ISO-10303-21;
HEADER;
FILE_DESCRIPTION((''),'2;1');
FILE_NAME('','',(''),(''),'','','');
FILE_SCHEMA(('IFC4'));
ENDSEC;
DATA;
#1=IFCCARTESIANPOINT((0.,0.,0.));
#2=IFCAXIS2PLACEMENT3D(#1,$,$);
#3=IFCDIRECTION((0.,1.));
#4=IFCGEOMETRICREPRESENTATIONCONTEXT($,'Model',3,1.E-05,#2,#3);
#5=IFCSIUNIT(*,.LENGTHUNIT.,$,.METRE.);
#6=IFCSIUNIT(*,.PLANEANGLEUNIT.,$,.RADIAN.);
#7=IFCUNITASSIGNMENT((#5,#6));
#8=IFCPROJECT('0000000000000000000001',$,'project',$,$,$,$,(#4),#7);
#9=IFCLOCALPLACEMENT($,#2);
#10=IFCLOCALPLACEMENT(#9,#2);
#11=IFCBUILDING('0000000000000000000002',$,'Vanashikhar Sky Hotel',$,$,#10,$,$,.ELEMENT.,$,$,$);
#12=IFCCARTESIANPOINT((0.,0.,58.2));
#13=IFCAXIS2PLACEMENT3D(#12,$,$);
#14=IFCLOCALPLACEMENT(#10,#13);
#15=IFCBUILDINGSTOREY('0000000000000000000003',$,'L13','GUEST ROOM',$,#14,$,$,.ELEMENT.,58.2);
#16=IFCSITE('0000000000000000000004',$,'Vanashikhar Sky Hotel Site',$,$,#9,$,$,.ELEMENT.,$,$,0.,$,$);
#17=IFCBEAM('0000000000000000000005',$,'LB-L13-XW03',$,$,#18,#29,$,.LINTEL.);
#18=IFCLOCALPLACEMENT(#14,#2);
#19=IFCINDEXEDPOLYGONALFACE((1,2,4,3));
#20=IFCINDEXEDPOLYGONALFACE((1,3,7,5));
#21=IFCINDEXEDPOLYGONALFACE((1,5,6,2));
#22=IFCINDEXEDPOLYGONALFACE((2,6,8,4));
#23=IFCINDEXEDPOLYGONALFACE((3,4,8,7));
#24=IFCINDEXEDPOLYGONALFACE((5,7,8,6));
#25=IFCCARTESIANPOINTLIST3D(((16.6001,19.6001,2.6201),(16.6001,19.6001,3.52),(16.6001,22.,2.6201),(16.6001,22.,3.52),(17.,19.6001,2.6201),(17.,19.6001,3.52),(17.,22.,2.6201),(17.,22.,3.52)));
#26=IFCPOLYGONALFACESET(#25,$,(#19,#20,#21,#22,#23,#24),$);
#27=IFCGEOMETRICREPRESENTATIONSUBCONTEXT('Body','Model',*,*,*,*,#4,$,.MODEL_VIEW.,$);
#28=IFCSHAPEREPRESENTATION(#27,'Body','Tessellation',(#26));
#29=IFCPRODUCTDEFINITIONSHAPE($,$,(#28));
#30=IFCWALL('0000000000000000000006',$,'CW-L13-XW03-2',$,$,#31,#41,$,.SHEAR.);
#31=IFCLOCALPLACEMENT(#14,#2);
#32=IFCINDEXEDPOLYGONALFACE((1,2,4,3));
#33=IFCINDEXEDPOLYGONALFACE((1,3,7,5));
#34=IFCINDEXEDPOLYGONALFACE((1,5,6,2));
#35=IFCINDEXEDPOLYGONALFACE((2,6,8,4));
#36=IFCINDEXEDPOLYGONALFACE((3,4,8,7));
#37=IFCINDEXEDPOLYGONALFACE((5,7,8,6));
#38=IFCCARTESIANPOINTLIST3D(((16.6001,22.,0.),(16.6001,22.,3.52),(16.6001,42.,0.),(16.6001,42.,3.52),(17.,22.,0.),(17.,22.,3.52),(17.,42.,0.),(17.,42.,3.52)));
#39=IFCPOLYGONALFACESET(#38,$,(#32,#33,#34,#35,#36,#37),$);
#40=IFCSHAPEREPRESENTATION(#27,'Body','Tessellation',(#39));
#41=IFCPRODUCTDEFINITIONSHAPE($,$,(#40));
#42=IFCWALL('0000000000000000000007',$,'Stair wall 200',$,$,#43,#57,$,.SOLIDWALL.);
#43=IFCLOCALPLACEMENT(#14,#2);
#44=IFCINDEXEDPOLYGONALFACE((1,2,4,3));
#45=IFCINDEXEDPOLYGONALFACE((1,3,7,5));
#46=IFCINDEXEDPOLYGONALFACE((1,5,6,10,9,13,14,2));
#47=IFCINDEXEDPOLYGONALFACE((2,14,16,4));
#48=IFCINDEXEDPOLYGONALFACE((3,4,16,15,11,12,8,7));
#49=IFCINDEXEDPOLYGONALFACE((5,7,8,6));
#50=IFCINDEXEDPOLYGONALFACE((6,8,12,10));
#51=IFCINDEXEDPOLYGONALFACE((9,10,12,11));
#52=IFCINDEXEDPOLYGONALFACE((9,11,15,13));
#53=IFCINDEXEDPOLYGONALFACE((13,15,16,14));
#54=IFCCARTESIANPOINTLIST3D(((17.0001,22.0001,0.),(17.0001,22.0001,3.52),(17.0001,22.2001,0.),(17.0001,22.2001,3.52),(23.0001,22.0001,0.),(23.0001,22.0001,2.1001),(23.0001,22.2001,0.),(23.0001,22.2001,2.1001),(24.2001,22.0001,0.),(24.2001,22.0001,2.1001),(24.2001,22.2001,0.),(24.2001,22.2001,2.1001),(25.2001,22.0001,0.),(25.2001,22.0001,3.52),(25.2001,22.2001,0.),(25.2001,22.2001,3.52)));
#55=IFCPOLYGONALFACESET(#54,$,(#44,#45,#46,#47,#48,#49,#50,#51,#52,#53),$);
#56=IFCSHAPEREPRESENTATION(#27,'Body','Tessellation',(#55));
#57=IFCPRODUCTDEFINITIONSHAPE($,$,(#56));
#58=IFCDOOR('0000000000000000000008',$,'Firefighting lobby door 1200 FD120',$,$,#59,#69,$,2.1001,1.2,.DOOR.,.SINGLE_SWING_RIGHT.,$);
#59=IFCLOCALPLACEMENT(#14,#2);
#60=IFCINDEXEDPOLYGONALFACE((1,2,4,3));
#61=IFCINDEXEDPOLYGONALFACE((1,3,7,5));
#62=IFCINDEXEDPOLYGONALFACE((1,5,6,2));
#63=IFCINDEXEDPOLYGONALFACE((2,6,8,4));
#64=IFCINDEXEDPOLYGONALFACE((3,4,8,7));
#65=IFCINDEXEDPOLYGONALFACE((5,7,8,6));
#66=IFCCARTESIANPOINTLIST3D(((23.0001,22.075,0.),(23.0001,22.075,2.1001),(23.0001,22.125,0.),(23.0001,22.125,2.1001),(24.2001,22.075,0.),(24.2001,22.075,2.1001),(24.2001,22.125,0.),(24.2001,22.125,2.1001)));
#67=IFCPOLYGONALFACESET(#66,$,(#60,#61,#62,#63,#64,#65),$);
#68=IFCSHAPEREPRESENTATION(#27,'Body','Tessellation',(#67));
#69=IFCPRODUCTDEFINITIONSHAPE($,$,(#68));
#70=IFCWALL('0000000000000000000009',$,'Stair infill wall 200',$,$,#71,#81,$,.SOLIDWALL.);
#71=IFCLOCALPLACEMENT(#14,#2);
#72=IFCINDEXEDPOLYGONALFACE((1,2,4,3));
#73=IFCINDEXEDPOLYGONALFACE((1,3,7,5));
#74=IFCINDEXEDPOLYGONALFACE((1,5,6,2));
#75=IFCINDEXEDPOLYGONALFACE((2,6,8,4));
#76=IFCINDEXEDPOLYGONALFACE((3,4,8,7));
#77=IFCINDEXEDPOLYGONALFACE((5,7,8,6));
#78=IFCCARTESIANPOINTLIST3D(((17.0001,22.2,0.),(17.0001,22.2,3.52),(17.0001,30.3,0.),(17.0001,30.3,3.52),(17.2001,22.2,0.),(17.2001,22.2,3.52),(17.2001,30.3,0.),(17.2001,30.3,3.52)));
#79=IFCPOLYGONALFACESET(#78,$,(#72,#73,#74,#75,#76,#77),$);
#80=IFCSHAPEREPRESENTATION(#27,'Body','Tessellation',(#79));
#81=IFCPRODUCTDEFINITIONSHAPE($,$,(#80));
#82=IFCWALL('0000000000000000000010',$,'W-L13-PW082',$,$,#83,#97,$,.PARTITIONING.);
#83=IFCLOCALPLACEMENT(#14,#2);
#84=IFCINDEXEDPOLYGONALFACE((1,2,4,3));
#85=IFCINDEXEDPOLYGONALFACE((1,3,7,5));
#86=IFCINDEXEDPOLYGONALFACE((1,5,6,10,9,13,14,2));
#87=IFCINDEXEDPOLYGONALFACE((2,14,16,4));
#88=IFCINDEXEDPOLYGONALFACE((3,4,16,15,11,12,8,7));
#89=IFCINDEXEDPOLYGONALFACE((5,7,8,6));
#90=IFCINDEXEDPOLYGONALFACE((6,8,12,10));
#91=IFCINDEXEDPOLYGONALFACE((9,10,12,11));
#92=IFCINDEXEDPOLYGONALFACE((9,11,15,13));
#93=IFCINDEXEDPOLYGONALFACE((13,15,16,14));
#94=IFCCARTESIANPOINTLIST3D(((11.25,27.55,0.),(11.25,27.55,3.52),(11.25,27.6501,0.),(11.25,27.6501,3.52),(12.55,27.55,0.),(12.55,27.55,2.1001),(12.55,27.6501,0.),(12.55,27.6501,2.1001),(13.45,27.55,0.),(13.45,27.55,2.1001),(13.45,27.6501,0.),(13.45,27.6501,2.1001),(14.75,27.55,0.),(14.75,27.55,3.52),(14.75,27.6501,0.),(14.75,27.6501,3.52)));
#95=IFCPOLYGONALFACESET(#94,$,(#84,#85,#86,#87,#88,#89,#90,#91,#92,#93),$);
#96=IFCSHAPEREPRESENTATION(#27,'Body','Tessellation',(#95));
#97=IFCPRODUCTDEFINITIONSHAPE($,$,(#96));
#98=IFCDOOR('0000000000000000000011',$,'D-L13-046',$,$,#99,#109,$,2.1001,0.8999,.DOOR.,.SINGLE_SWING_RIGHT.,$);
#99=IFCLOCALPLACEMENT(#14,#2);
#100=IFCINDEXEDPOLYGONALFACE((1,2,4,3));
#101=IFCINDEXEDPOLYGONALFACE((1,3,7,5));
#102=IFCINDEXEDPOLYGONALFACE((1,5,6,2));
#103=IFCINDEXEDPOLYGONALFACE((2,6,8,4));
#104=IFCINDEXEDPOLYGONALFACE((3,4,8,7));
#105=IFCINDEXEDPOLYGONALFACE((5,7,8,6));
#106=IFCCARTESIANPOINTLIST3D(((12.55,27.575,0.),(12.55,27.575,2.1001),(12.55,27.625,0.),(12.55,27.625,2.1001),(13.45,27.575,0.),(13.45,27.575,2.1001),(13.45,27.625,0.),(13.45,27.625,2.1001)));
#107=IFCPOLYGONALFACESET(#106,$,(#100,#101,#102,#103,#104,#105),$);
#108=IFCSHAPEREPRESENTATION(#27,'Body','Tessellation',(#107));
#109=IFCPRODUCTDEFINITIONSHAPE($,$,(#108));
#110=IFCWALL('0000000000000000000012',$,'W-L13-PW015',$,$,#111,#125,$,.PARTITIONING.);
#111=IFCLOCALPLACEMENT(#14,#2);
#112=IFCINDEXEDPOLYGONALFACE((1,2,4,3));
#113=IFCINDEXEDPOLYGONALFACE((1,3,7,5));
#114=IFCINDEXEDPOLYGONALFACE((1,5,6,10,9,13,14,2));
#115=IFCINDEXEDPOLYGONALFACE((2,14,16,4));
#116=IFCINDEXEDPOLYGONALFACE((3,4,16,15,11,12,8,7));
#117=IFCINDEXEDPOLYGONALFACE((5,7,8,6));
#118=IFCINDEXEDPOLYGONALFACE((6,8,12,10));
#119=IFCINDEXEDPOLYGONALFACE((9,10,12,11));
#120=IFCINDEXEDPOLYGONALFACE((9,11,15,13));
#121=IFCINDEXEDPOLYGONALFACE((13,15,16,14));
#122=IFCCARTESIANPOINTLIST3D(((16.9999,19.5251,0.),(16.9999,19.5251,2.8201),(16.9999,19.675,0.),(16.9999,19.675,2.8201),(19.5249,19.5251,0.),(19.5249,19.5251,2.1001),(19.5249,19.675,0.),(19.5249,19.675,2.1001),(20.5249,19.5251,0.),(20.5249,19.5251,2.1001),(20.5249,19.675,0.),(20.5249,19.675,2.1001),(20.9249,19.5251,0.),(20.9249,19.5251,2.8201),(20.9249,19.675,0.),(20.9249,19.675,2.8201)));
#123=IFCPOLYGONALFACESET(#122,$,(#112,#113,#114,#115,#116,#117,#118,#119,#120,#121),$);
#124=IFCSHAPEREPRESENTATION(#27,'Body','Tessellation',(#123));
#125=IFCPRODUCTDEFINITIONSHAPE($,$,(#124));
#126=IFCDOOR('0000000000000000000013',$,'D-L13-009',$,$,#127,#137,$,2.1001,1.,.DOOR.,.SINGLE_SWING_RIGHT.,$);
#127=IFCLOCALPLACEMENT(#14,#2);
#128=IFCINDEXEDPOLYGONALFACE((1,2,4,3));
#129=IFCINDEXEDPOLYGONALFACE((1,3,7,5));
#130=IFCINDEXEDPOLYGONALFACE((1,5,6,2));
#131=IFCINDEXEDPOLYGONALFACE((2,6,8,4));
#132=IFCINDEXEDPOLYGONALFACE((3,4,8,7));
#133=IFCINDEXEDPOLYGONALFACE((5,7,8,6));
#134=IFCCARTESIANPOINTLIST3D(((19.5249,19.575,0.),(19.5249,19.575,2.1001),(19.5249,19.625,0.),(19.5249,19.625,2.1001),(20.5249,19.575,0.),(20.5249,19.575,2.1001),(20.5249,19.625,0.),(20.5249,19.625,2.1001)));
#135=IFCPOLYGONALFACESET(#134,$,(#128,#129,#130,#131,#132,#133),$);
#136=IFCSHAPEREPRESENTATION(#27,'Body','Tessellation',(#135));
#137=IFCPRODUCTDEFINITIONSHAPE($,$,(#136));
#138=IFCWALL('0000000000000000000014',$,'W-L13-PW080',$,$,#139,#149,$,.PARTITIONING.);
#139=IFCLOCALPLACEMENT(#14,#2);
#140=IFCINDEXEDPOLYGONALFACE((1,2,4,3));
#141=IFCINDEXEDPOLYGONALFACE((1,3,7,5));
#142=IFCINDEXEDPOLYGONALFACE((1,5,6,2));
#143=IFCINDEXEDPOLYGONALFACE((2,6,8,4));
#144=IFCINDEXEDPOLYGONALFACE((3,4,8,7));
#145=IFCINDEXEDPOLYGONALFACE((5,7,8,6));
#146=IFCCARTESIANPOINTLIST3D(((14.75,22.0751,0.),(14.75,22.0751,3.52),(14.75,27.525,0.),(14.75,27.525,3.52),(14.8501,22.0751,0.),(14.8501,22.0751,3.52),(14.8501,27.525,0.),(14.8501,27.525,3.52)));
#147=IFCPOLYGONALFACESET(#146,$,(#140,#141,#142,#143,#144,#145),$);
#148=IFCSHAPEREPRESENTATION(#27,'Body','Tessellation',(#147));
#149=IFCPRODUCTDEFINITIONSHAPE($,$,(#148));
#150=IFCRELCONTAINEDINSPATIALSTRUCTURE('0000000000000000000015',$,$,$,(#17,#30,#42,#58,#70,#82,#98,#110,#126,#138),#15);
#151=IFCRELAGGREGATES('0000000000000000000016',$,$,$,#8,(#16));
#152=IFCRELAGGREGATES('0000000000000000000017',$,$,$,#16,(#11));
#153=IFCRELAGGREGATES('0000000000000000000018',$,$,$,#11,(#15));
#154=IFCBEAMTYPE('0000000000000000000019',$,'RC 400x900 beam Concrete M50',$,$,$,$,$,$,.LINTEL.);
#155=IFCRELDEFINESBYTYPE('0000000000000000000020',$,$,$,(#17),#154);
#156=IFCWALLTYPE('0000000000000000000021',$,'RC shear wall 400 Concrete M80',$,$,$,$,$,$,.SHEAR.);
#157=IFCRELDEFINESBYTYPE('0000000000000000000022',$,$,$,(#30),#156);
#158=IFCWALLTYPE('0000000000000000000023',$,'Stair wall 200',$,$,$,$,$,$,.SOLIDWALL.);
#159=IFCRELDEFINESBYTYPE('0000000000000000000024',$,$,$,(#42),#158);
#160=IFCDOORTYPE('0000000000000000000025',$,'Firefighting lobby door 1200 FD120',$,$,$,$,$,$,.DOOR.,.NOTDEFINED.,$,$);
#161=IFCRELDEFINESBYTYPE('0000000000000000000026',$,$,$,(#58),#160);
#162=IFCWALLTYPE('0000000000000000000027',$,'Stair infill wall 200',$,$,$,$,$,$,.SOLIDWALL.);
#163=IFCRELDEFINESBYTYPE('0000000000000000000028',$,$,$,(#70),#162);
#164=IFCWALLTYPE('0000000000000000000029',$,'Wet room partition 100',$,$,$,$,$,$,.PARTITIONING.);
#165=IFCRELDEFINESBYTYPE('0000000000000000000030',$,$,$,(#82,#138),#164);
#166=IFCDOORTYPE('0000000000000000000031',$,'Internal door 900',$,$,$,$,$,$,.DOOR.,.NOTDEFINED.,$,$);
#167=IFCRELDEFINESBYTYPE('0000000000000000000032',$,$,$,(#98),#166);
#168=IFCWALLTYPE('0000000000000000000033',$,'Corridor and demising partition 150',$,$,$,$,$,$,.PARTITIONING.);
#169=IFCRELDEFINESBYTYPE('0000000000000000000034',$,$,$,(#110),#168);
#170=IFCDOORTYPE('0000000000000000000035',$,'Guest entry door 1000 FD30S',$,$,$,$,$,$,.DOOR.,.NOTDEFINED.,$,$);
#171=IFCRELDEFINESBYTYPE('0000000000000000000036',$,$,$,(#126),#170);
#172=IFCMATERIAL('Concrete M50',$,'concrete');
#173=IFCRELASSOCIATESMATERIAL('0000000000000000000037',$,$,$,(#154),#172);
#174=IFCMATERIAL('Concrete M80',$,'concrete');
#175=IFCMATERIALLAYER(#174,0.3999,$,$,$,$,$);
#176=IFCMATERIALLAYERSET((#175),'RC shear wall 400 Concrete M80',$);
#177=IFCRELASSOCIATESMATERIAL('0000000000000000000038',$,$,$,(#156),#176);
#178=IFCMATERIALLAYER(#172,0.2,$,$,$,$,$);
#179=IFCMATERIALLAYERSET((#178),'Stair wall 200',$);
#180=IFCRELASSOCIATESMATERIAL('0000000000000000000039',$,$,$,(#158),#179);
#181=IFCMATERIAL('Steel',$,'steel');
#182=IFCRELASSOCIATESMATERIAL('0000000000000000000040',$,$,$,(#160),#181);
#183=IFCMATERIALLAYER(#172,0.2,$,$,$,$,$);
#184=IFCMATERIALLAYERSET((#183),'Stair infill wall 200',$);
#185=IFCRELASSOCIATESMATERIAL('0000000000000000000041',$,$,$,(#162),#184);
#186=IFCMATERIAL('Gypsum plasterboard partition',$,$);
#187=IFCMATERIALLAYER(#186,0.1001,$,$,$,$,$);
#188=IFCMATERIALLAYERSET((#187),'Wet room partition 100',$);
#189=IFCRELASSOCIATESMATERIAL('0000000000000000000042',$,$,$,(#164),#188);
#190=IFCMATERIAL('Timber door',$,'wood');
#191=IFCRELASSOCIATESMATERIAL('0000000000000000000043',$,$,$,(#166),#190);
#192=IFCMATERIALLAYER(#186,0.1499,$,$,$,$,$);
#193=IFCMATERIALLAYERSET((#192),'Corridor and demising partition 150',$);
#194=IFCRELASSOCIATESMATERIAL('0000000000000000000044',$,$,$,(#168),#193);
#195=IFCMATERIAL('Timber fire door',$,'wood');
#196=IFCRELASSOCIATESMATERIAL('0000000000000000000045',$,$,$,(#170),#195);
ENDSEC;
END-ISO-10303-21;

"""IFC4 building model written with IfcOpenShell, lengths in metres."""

from ifc_helpers import new_model, si_unit, direction, frame, frame_2d, origin, origin_2d, place, context, subcontext, project, spatial, rectangle, extrude, source, transform, mapped, material, layer, layer_set, material_profile, profile_set, type_object, element, fill, save


model = new_model("IFC4")

# Units and contexts
model_context = context("Model", 3, precision=1e-05, world=origin(), true_north=direction((0.0, 1.0)))
body_context = subcontext(model_context, "Body", "Model", "MODEL_VIEW")
ifc_project = project(units=[si_unit("LENGTHUNIT", "METRE"), si_unit("PLANEANGLEUNIT", "RADIAN")], contexts=[model_context])

# Site, building, storey
site_placement = place(None, origin())
site = spatial("IfcSite", under=ifc_project, at=site_placement, Name="Vanashikhar Sky Hotel Site", CompositionType="ELEMENT", RefElevation=0.0)
building_placement = place(site_placement, origin())
building = spatial("IfcBuilding", under=site, at=building_placement, Name="Vanashikhar Sky Hotel", CompositionType="ELEMENT")
storey_placement = place(building_placement, frame((0.0, 0.0, 58.2)))
storey = spatial("IfcBuildingStorey", under=building, at=storey_placement, Name="L13", Description="GUEST ROOM", CompositionType="ELEMENT", Elevation=58.2)

# Beam
ifc_material_1 = material(Name="Concrete M50", Category="concrete")
ifc_material_profile = material_profile(ifc_material_1, rectangle(XDim=0.3999, YDim=0.8999, at=origin_2d()))
ifc_profile_set = profile_set([ifc_material_profile], Name="RC 400x900 beam Concrete M50")
beam_type = type_object("IfcBeamType", Name="RC 400x900 beam Concrete M50", PredefinedType="LINTEL", material=ifc_profile_set)
shared_shape_1 = source(origin(), body_context, "Body", "SweptSolid", [
    extrude(rectangle(XDim=0.3999, YDim=0.8999, at=origin_2d()), origin(), (0.0, 0.0, 1.0), 2.3999),
])
beam_placement = place(storey_placement, frame((16.8, 19.6001, 3.0701), z_axis=(0.0, 1.0, 0.0), x_axis=(-1.0, 0.0, 0.0)))
element("IfcBeam", 1, at=beam_placement, inside=storey, type_object=beam_type, Name="LB-L13-XW03", PredefinedType="LINTEL", context=body_context, shape_type="MappedRepresentation", body=[
    mapped(shared_shape_1, transform((0.0, 0.0, 0.0), scale=1.0)),
])

# Wall
ifc_material_2 = material(Name="Concrete M80", Category="concrete")
ifc_layer_1 = layer(ifc_material_2, 0.3999)
ifc_layer_set_1 = layer_set([ifc_layer_1], Name="RC shear wall 400 Concrete M80")
wall_type_1 = type_object("IfcWallType", Name="RC shear wall 400 Concrete M80", PredefinedType="SHEAR", material=ifc_layer_set_1)
shared_shape_2 = source(origin(), body_context, "Body", "SweptSolid", [
    extrude(rectangle(XDim=20.0, YDim=0.3999, at=frame_2d((10.0, 0.0))), origin(), (0.0, 0.0, 1.0), 3.52),
])
wall_1_placement = place(storey_placement, frame((16.8, 22.0, 0.0), z_axis=(0.0, 0.0, 1.0), x_axis=(0.0, 1.0, 0.0)))
element("IfcWall", 2, at=wall_1_placement, inside=storey, type_object=wall_type_1, Name="CW-L13-XW03-2", PredefinedType="SHEAR", context=body_context, shape_type="MappedRepresentation", body=[
    mapped(shared_shape_2, transform((0.0, 0.0, 0.0), scale=1.0)),
])

# Wall, opening, door
ifc_layer_2 = layer(ifc_material_1, 0.2)
ifc_layer_set_2 = layer_set([ifc_layer_2], Name="Stair wall 200")
wall_type_2 = type_object("IfcWallType", Name="Stair wall 200", PredefinedType="SOLIDWALL", material=ifc_layer_set_2)
shared_shape_3 = source(origin(), body_context, "Body", "SweptSolid", [
    extrude(rectangle(XDim=8.2, YDim=0.2, at=frame_2d((4.1001, 0.0))), origin(), (0.0, 0.0, 1.0), 3.52),
])
wall_2_placement = place(storey_placement, frame((17.0, 22.1001, 0.0), z_axis=(0.0, 0.0, 1.0), x_axis=(1.0, 0.0, 0.0)))
wall_2 = element("IfcWall", 3, at=wall_2_placement, inside=storey, type_object=wall_type_2, Name="Stair wall 200", PredefinedType="SOLIDWALL", context=body_context, shape_type="MappedRepresentation", body=[
    mapped(shared_shape_3, transform((0.0, 0.0, 0.0), scale=1.0)),
])
shared_shape_4 = source(origin(), body_context, "Body", "SweptSolid", [
    extrude(rectangle(XDim=1.2, YDim=2.1001, at=frame_2d((0.6001, 1.05))), frame((0.0, 0.1099, 0.0), z_axis=(0.0, -1.0, 0.0), x_axis=(1.0, 0.0, 0.0)), (0.0, 0.0, 1.0), 0.22),
])
opening_1_placement = place(wall_2_placement, frame((6.0, 0.0, 0.0)))
opening_1 = element("IfcOpeningElement", 4, at=opening_1_placement, cuts=wall_2, PredefinedType="OPENING", context=body_context, shape_type="MappedRepresentation", body=[
    mapped(shared_shape_4, transform((0.0, 0.0, 0.0), scale=1.0)),
])
ifc_material_3 = material(Name="Steel", Category="steel")
door_type_1 = type_object("IfcDoorType", Name="Firefighting lobby door 1200 FD120", OperationType="NOTDEFINED", PredefinedType="DOOR", material=ifc_material_3)
shared_shape_5 = source(origin(), body_context, "Body", "SweptSolid", [
    extrude(rectangle(XDim=1.2, YDim=2.1001, at=frame_2d((0.6001, 1.05))), frame((0.0, 0.0249, 0.0), z_axis=(0.0, -1.0, 0.0), x_axis=(1.0, 0.0, 0.0)), (0.0, 0.0, 1.0), 0.05),
])
door_1_placement = place(opening_1_placement, origin())
door_1 = element("IfcDoor", 5, at=door_1_placement, inside=storey, type_object=door_type_1, Name="Firefighting lobby door 1200 FD120", OperationType="SINGLE_SWING_RIGHT", OverallHeight=2.1001, OverallWidth=1.2, PredefinedType="DOOR", context=body_context, shape_type="MappedRepresentation", body=[
    mapped(shared_shape_5, transform((0.0, 0.0, 0.0), scale=1.0)),
])
fill(opening_1, door_1)

# Wall
ifc_layer_3 = layer(ifc_material_1, 0.2)
ifc_layer_set_3 = layer_set([ifc_layer_3], Name="Stair infill wall 200")
wall_type_3 = type_object("IfcWallType", Name="Stair infill wall 200", PredefinedType="SOLIDWALL", material=ifc_layer_set_3)
shared_shape_6 = source(origin(), body_context, "Body", "SweptSolid", [
    extrude(rectangle(XDim=8.1001, YDim=0.2, at=frame_2d((4.05, 0.0))), origin(), (0.0, 0.0, 1.0), 3.52),
])
wall_3_placement = place(storey_placement, frame((17.1001, 22.2, 0.0), z_axis=(0.0, 0.0, 1.0), x_axis=(0.0, 1.0, 0.0)))
element("IfcWall", 6, at=wall_3_placement, inside=storey, type_object=wall_type_3, Name="Stair infill wall 200", PredefinedType="SOLIDWALL", context=body_context, shape_type="MappedRepresentation", body=[
    mapped(shared_shape_6, transform((0.0, 0.0, 0.0), scale=1.0)),
])

# Walls, openings, doors
ifc_material_4 = material(Name="Gypsum plasterboard partition")
ifc_layer_4 = layer(ifc_material_4, 0.1001)
ifc_layer_set_4 = layer_set([ifc_layer_4], Name="Wet room partition 100")
wall_type_4 = type_object("IfcWallType", Name="Wet room partition 100", PredefinedType="PARTITIONING", material=ifc_layer_set_4)
shared_shape_7 = source(origin(), body_context, "Body", "SweptSolid", [
    extrude(rectangle(XDim=3.5, YDim=0.1001, at=frame_2d((1.75, 0.0))), origin(), (0.0, 0.0, 1.0), 3.52),
])
wall_4_placement = place(storey_placement, frame((11.25, 27.6001, 0.0), z_axis=(0.0, 0.0, 1.0), x_axis=(1.0, 0.0, 0.0)))
wall_4 = element("IfcWall", 7, at=wall_4_placement, inside=storey, type_object=wall_type_4, Name="W-L13-PW082", PredefinedType="PARTITIONING", context=body_context, shape_type="MappedRepresentation", body=[
    mapped(shared_shape_7, transform((0.0, 0.0, 0.0), scale=1.0)),
])
shared_shape_8 = source(origin(), body_context, "Body", "SweptSolid", [
    extrude(rectangle(XDim=0.8999, YDim=2.1001, at=frame_2d((0.45, 1.05))), frame((0.0, 0.0601, 0.0), z_axis=(0.0, -1.0, 0.0), x_axis=(1.0, 0.0, 0.0)), (0.0, 0.0, 1.0), 0.1201),
])
opening_2_placement = place(wall_4_placement, frame((1.3, 0.0, 0.0)))
opening_2 = element("IfcOpeningElement", 8, at=opening_2_placement, cuts=wall_4, PredefinedType="OPENING", context=body_context, shape_type="MappedRepresentation", body=[
    mapped(shared_shape_8, transform((0.0, 0.0, 0.0), scale=1.0)),
])
ifc_material_5 = material(Name="Timber door", Category="wood")
door_type_2 = type_object("IfcDoorType", Name="Internal door 900", OperationType="NOTDEFINED", PredefinedType="DOOR", material=ifc_material_5)
shared_shape_9 = source(origin(), body_context, "Body", "SweptSolid", [
    extrude(rectangle(XDim=0.8999, YDim=2.1001, at=frame_2d((0.45, 1.05))), frame((0.0, 0.0249, 0.0), z_axis=(0.0, -1.0, 0.0), x_axis=(1.0, 0.0, 0.0)), (0.0, 0.0, 1.0), 0.05),
])
door_2_placement = place(opening_2_placement, origin())
door_2 = element("IfcDoor", 9, at=door_2_placement, inside=storey, type_object=door_type_2, Name="D-L13-046", OperationType="SINGLE_SWING_RIGHT", OverallHeight=2.1001, OverallWidth=0.8999, PredefinedType="DOOR", context=body_context, shape_type="MappedRepresentation", body=[
    mapped(shared_shape_9, transform((0.0, 0.0, 0.0), scale=1.0)),
])
fill(opening_2, door_2)
ifc_layer_5 = layer(ifc_material_4, 0.1499)
ifc_layer_set_5 = layer_set([ifc_layer_5], Name="Corridor and demising partition 150")
wall_type_5 = type_object("IfcWallType", Name="Corridor and demising partition 150", PredefinedType="PARTITIONING", material=ifc_layer_set_5)
shared_shape_10 = source(origin(), body_context, "Body", "SweptSolid", [
    extrude(rectangle(XDim=3.925, YDim=0.1499, at=frame_2d((1.9624, 0.0))), origin(), (0.0, 0.0, 1.0), 2.8201),
])
wall_5_placement = place(storey_placement, frame((17.0, 19.6001, 0.0), z_axis=(0.0, 0.0, 1.0), x_axis=(1.0, 0.0, 0.0)))
wall_5 = element("IfcWall", 10, at=wall_5_placement, inside=storey, type_object=wall_type_5, Name="W-L13-PW015", PredefinedType="PARTITIONING", context=body_context, shape_type="MappedRepresentation", body=[
    mapped(shared_shape_10, transform((0.0, 0.0, 0.0), scale=1.0)),
])
shared_shape_11 = source(origin(), body_context, "Body", "SweptSolid", [
    extrude(rectangle(XDim=1.0, YDim=2.1001, at=frame_2d((0.5, 1.05))), frame((0.0, 0.085, 0.0), z_axis=(0.0, -1.0, 0.0), x_axis=(1.0, 0.0, 0.0)), (0.0, 0.0, 1.0), 0.1699),
])
opening_3_placement = place(wall_5_placement, frame((2.5249, 0.0, 0.0)))
opening_3 = element("IfcOpeningElement", 11, at=opening_3_placement, cuts=wall_5, PredefinedType="OPENING", context=body_context, shape_type="MappedRepresentation", body=[
    mapped(shared_shape_11, transform((0.0, 0.0, 0.0), scale=1.0)),
])
ifc_material_6 = material(Name="Timber fire door", Category="wood")
door_type_3 = type_object("IfcDoorType", Name="Guest entry door 1000 FD30S", OperationType="NOTDEFINED", PredefinedType="DOOR", material=ifc_material_6)
shared_shape_12 = source(origin(), body_context, "Body", "SweptSolid", [
    extrude(rectangle(XDim=1.0, YDim=2.1001, at=frame_2d((0.5, 1.05))), frame((0.0, 0.0249, 0.0), z_axis=(0.0, -1.0, 0.0), x_axis=(1.0, 0.0, 0.0)), (0.0, 0.0, 1.0), 0.05),
])
door_3_placement = place(opening_3_placement, origin())
door_3 = element("IfcDoor", 12, at=door_3_placement, inside=storey, type_object=door_type_3, Name="D-L13-009", OperationType="SINGLE_SWING_RIGHT", OverallHeight=2.1001, OverallWidth=1.0, PredefinedType="DOOR", context=body_context, shape_type="MappedRepresentation", body=[
    mapped(shared_shape_12, transform((0.0, 0.0, 0.0), scale=1.0)),
])
fill(opening_3, door_3)

# Wall
shared_shape_13 = source(origin(), body_context, "Body", "SweptSolid", [
    extrude(rectangle(XDim=5.45, YDim=0.1001, at=frame_2d((2.7251, 0.0))), origin(), (0.0, 0.0, 1.0), 3.52),
])
for number, where, z_axis, x_axis, name in (
    (13, (14.8, 22.075, 0.0), (0.0, 0.0, 1.0), (0.0, 1.0, 0.0), "W-L13-PW080"),
):
    element("IfcWall", number, at=place(storey_placement, frame(where, z_axis=z_axis, x_axis=x_axis)), inside=storey, type_object=wall_type_4, Name=name, PredefinedType="PARTITIONING", context=body_context, shape_type="MappedRepresentation", body=[
        mapped(shared_shape_13, transform((0.0, 0.0, 0.0), scale=1.0)),
    ])

save(model, "model.ifc")
